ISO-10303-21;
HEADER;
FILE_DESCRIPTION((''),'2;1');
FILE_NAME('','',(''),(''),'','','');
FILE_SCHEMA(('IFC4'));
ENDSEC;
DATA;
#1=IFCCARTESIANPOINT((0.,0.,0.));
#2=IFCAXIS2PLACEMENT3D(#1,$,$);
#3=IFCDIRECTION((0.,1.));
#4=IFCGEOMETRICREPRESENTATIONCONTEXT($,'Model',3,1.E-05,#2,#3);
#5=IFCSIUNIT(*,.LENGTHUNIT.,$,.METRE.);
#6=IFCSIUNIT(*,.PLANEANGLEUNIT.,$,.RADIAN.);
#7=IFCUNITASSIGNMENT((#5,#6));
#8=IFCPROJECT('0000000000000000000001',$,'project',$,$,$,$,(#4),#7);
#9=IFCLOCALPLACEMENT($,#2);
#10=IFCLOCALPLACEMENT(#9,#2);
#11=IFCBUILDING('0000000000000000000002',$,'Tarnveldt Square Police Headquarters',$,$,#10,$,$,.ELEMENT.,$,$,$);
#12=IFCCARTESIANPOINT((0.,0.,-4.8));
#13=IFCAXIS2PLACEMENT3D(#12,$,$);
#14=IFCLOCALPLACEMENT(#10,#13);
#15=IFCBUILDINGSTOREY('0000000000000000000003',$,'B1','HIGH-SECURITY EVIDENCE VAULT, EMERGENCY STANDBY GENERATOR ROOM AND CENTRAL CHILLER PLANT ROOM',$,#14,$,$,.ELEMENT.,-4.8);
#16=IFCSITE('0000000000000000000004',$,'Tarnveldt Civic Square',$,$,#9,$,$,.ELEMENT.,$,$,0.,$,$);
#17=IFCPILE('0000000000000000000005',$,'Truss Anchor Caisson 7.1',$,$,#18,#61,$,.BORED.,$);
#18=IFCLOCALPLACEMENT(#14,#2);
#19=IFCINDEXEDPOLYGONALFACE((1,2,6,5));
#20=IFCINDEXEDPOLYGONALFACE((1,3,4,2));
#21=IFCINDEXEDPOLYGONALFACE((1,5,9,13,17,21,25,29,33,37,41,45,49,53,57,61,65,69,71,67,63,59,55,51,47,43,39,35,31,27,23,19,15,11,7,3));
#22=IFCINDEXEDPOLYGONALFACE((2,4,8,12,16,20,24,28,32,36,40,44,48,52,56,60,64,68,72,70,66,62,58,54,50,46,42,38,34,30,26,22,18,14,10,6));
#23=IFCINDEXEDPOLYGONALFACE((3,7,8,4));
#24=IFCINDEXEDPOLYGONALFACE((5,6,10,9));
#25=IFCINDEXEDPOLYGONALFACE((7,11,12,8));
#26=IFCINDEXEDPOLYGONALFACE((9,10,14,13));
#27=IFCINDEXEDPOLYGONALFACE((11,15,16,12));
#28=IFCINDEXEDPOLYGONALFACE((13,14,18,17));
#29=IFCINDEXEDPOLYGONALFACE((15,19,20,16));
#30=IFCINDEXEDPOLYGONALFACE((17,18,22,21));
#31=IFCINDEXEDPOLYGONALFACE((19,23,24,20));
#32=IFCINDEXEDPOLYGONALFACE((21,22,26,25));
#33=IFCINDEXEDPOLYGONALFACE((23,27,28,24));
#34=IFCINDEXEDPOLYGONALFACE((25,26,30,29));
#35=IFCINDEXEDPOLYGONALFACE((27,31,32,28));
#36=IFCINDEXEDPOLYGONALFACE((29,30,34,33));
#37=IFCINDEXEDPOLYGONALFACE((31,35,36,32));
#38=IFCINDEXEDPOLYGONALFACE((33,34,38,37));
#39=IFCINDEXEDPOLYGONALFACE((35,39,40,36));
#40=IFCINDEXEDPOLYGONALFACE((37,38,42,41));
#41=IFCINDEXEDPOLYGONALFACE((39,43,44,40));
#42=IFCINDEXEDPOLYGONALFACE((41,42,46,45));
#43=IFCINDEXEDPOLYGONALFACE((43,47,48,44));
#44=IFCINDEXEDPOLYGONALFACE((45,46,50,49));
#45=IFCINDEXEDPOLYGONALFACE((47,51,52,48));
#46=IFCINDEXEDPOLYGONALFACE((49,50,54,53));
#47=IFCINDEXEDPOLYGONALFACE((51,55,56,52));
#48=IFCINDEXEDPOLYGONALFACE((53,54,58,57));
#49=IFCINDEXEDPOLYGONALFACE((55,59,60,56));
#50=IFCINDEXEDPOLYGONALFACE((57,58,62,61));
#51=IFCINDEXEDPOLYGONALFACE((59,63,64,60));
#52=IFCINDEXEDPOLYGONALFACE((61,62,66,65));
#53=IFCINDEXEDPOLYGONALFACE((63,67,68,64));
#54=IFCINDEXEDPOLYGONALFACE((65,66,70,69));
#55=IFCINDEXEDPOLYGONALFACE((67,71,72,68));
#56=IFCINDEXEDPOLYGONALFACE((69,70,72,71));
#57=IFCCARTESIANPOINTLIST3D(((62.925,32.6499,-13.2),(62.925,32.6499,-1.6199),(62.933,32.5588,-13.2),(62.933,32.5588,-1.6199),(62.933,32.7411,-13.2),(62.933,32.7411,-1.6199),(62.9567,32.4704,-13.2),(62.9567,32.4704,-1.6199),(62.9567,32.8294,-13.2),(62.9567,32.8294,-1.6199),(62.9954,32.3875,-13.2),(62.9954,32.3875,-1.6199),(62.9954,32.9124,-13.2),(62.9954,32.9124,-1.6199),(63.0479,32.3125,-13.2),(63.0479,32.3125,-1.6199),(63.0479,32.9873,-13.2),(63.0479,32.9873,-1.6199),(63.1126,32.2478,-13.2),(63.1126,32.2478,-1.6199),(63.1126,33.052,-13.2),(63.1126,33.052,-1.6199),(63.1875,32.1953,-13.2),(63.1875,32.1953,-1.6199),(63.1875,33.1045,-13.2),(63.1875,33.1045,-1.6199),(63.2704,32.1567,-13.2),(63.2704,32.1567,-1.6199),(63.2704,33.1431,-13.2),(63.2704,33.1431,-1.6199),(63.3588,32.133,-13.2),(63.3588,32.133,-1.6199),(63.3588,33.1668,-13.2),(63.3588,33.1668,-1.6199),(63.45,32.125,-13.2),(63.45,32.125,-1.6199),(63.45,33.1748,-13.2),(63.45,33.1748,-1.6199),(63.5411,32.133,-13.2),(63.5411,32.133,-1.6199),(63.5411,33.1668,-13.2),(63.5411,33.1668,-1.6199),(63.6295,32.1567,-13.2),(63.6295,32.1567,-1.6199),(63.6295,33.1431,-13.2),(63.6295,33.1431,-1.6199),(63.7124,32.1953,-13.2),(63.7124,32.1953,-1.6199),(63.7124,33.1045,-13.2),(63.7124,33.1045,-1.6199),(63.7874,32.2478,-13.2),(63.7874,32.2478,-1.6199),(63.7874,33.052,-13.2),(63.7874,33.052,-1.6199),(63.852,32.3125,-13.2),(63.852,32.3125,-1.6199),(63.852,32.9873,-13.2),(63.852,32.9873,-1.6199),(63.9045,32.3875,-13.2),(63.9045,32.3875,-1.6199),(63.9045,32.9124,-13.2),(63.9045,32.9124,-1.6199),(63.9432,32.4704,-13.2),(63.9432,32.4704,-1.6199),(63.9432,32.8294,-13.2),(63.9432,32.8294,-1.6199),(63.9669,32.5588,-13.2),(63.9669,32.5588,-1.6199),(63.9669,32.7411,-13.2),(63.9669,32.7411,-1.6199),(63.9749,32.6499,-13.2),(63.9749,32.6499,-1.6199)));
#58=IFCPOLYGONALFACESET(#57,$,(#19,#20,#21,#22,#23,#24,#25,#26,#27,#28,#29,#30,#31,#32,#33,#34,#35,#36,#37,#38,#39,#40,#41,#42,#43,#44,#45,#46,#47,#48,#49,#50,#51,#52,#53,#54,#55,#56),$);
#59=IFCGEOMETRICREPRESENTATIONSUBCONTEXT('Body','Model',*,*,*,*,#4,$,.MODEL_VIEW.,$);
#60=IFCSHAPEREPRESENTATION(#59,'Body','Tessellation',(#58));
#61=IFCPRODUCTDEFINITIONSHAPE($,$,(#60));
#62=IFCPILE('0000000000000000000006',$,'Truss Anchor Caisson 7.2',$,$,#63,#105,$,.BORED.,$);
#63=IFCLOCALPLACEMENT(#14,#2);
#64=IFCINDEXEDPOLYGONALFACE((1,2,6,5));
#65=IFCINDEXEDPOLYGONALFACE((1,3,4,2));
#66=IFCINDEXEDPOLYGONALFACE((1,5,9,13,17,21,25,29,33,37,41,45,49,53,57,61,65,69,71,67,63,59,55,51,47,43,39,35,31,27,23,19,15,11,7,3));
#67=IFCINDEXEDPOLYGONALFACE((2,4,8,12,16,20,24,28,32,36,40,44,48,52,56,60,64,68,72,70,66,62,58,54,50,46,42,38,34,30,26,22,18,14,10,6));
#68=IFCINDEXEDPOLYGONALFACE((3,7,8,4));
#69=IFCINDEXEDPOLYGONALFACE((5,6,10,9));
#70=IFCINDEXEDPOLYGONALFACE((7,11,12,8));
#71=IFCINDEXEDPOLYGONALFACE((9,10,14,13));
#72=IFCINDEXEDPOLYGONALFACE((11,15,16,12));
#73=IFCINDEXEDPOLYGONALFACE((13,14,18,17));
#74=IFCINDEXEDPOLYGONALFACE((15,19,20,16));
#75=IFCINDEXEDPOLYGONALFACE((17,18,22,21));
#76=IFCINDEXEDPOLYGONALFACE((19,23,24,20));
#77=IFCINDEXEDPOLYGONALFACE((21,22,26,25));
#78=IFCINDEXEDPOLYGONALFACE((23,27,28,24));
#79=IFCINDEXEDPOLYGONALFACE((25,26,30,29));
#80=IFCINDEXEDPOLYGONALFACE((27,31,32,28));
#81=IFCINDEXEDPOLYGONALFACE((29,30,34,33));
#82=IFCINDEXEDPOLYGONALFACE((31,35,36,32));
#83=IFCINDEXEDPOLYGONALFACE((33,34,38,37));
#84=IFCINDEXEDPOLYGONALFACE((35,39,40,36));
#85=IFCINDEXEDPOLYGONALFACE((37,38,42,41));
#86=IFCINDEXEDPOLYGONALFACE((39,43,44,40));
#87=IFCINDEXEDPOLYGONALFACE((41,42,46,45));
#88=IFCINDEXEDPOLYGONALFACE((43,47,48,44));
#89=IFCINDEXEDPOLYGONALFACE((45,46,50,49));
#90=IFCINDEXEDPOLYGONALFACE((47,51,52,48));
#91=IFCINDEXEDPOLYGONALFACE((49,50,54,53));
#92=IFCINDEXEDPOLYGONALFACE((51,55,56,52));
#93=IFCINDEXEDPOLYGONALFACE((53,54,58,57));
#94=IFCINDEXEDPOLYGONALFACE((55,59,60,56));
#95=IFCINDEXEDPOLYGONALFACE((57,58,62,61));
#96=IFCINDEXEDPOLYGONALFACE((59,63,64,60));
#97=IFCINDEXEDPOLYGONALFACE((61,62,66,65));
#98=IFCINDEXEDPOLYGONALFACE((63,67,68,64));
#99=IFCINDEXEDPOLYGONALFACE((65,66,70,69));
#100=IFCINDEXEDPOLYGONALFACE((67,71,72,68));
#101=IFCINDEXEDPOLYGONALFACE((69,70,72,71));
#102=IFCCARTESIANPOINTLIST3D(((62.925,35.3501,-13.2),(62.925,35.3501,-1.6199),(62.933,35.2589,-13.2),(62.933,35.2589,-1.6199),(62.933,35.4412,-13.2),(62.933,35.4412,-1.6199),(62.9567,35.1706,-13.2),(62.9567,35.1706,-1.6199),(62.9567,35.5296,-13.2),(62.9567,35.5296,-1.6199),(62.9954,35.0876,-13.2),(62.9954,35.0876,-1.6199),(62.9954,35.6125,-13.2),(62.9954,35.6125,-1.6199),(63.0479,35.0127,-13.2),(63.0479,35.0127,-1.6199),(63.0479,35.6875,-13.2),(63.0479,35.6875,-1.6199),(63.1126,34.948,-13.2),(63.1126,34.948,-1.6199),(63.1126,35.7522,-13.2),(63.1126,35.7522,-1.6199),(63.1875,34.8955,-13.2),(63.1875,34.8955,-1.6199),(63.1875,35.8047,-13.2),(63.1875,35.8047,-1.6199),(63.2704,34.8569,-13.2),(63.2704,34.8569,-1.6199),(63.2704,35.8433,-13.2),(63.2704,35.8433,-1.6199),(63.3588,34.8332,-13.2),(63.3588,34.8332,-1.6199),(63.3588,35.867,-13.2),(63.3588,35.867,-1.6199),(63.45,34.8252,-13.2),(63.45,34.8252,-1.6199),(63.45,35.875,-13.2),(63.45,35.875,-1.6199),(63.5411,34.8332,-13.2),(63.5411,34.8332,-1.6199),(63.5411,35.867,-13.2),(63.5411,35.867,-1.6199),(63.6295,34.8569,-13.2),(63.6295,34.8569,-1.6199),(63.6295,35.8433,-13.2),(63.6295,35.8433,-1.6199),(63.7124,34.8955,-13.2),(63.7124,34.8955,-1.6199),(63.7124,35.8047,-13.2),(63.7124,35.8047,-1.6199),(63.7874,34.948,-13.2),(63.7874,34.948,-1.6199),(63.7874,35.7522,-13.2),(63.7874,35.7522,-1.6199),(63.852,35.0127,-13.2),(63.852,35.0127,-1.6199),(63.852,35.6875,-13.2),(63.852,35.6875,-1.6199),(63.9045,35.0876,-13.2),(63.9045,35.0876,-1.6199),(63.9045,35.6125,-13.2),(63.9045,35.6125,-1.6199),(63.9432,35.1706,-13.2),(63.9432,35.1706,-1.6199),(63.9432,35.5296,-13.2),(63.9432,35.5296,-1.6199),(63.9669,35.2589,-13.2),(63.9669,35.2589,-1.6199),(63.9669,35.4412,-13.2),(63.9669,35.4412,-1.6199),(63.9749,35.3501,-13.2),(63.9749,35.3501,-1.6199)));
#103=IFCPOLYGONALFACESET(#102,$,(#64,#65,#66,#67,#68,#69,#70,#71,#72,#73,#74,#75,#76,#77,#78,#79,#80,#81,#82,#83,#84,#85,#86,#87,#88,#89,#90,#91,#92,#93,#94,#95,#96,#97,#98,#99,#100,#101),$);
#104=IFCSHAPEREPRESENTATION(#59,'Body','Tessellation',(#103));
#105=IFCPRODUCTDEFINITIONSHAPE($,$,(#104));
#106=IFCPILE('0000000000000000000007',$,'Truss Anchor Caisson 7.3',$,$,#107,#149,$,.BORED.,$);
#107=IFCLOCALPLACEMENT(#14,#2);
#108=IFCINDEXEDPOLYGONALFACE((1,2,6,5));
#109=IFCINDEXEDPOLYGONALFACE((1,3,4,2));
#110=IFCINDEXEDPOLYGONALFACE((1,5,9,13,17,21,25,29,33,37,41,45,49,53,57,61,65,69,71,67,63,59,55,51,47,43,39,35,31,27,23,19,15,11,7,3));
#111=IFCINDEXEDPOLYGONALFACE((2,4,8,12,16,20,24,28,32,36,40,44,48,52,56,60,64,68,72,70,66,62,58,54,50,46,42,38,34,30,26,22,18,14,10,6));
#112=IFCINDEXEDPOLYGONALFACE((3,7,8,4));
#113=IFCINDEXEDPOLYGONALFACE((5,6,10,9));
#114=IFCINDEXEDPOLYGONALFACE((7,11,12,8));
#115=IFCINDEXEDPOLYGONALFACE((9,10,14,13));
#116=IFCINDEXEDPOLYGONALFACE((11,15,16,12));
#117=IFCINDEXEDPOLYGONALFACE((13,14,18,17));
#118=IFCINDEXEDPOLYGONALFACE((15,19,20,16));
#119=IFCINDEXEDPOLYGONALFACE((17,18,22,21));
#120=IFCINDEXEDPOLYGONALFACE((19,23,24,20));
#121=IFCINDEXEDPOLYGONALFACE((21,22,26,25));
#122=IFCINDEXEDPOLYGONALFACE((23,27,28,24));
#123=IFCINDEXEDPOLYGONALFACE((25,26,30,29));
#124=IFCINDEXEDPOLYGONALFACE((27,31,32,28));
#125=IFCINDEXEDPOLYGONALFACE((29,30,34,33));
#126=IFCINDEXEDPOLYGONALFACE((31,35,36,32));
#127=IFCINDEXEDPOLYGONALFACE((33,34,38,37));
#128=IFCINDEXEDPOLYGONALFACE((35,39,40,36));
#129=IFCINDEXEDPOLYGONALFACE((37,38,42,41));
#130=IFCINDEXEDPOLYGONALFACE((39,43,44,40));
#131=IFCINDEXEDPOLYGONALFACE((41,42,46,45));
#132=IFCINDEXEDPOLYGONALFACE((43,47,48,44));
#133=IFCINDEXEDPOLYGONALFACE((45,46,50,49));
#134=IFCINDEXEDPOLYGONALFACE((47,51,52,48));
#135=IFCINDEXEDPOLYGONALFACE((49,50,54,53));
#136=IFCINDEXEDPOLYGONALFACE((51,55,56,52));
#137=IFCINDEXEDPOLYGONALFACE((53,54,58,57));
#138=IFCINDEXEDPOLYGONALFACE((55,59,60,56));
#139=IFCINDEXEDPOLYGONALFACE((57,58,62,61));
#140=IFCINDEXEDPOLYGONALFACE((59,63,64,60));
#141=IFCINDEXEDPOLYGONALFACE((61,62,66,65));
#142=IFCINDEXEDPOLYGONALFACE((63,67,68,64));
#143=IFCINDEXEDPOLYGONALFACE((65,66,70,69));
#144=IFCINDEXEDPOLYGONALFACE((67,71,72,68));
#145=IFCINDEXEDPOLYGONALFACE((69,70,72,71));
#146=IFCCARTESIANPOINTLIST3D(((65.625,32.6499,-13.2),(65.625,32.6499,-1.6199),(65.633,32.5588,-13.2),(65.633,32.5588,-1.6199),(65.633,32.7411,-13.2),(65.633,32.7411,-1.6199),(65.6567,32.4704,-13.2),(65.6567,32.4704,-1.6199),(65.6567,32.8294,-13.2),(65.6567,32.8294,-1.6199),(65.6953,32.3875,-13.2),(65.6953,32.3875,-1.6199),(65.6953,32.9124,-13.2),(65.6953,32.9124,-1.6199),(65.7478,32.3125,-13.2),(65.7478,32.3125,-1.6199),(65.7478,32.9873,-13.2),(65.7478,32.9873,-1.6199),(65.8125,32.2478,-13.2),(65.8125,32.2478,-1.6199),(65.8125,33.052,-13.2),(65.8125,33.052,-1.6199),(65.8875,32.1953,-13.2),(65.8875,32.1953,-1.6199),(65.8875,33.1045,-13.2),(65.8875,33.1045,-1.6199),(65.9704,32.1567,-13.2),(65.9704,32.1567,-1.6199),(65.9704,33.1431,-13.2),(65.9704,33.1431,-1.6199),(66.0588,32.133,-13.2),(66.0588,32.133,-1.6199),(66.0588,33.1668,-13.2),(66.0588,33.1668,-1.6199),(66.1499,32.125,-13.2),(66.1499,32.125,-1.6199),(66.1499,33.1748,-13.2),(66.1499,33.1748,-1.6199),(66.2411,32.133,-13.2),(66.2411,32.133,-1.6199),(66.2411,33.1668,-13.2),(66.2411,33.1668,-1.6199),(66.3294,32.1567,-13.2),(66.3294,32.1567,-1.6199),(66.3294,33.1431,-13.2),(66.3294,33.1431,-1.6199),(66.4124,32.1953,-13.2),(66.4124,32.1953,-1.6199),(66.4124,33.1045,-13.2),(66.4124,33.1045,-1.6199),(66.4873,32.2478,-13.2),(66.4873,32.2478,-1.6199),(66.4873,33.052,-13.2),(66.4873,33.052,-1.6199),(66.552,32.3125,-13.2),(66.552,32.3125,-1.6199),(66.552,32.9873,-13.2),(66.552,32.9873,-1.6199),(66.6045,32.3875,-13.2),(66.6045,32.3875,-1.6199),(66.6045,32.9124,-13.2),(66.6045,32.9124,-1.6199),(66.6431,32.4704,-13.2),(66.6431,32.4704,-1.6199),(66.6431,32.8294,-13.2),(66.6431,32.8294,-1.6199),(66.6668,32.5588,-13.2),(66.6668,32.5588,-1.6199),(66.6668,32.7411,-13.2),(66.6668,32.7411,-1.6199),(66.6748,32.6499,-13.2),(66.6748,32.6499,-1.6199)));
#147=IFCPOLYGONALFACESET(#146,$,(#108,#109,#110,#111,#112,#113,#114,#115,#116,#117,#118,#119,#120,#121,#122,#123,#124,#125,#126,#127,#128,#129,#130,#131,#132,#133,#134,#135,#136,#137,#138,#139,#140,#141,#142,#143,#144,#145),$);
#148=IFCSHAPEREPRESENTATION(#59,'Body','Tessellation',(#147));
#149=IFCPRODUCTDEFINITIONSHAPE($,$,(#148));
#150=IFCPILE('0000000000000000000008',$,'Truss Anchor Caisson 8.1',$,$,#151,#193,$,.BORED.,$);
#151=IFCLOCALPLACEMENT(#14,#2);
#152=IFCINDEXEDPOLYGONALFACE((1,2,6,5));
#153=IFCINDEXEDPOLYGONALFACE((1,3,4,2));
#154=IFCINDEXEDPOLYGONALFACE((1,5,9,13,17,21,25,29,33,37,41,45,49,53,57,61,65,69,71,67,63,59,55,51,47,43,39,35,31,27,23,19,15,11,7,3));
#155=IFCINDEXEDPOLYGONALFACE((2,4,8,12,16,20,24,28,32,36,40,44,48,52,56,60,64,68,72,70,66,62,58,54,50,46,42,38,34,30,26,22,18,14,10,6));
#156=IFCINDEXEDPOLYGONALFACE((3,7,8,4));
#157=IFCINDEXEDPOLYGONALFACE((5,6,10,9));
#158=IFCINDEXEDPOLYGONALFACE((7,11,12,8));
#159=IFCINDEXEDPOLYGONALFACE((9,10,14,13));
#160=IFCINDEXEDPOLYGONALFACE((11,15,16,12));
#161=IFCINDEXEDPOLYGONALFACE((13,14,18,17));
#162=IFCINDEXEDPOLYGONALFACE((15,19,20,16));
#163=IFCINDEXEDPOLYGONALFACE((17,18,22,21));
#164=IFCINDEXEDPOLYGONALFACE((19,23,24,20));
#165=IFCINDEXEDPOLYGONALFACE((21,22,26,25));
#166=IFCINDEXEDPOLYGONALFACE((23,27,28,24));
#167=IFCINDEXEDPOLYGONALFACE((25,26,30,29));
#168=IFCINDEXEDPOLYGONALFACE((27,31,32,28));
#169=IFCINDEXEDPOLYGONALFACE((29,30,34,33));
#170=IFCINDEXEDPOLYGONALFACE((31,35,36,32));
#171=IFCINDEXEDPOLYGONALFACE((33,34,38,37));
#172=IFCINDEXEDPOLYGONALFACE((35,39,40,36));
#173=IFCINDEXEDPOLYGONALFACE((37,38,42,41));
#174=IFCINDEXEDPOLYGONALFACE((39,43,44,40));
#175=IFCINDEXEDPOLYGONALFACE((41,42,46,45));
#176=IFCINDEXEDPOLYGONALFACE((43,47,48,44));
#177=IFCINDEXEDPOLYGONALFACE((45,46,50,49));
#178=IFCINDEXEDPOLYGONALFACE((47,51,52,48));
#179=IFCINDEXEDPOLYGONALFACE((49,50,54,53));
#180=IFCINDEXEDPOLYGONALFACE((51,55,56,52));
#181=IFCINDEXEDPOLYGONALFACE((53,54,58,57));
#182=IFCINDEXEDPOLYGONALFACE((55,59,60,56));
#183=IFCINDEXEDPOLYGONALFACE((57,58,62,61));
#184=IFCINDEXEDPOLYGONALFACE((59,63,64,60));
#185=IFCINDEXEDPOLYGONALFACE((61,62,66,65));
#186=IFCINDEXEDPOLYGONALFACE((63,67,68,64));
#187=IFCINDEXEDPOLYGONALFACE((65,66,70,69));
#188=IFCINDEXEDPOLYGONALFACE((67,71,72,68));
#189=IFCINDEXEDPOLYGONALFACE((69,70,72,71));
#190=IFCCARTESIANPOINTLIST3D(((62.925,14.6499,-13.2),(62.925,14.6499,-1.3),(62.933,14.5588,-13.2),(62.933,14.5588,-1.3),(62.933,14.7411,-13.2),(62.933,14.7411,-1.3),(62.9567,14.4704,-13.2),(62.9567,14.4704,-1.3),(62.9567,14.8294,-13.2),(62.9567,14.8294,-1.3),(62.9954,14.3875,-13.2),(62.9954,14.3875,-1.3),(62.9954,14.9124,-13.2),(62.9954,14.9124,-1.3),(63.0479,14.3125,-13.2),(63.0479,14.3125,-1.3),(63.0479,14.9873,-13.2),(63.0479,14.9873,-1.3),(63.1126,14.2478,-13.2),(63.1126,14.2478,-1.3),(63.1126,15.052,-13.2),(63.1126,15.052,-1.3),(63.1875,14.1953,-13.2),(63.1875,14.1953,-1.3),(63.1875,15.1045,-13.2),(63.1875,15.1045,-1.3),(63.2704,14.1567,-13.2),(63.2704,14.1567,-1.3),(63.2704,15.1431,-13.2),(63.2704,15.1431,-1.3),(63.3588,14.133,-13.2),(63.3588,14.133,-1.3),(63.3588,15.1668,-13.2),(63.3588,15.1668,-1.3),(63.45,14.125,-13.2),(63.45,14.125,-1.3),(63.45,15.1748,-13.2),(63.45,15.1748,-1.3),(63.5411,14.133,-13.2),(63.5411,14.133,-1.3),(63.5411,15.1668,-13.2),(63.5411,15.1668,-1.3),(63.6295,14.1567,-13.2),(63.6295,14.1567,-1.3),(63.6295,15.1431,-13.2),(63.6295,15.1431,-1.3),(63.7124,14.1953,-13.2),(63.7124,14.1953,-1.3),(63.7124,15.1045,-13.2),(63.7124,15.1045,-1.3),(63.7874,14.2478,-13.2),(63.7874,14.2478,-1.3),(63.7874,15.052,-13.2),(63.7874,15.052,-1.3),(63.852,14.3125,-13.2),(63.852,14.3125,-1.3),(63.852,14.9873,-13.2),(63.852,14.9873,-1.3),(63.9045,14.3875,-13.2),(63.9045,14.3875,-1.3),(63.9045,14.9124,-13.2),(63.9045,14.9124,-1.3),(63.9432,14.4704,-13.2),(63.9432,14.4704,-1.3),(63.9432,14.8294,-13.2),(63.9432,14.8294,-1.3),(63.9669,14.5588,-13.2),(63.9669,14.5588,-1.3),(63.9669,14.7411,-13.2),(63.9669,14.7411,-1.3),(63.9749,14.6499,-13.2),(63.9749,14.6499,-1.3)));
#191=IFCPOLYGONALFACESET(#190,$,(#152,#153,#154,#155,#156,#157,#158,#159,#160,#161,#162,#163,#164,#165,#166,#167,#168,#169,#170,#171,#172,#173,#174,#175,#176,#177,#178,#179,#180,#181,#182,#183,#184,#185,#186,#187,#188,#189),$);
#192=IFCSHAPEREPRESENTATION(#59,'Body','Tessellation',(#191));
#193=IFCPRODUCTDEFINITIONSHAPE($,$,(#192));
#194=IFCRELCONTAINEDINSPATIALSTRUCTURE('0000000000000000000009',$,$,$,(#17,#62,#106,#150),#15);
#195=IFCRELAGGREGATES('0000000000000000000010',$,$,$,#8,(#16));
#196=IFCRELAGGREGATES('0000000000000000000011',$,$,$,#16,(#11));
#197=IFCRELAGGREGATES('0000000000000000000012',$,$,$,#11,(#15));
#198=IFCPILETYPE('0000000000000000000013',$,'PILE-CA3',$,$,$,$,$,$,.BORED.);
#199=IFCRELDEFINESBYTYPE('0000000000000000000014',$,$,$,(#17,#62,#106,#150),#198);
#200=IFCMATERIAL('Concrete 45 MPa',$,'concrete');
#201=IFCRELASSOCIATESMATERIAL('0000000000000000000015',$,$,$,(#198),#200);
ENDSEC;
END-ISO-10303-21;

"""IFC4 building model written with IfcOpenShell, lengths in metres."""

from ifc_helpers import new_model, si_unit, direction, frame, origin, origin_2d, place, context, subcontext, project, spatial, circle, extrude, material, material_profile, profile_set, type_object, element, save


model = new_model("IFC4")

# Units and contexts
model_context = context("Model", 3, precision=1e-05, world=origin(), true_north=direction((0.0, 1.0)))
body_context = subcontext(model_context, "Body", "Model", "MODEL_VIEW")
ifc_project = project(units=[si_unit("LENGTHUNIT", "METRE"), si_unit("PLANEANGLEUNIT", "RADIAN")], contexts=[model_context])

# Site, building, storey
site_placement = place(None, origin())
site = spatial("IfcSite", under=ifc_project, at=site_placement, Name="Tarnveldt Civic Square", CompositionType="ELEMENT", RefElevation=0.0)
building_placement = place(site_placement, origin())
building = spatial("IfcBuilding", under=site, at=building_placement, Name="Tarnveldt Square Police Headquarters", CompositionType="ELEMENT")
storey_placement = place(building_placement, frame((0.0, 0.0, -4.8)))
storey = spatial("IfcBuildingStorey", under=building, at=storey_placement, Name="B1", Description="HIGH-SECURITY EVIDENCE VAULT, EMERGENCY STANDBY GENERATOR ROOM AND CENTRAL CHILLER PLANT ROOM", CompositionType="ELEMENT", Elevation=-4.8)

# Shared definitions
ifc_material_1 = material(Name="Concrete 45 MPa", Category="concrete")

# Piles
ifc_material_profile_1 = material_profile(ifc_material_1, circle(Radius=0.5249, at=origin_2d()), Name="CAISSON-D1050")
ifc_profile_set_1 = profile_set([ifc_material_profile_1], Name="Concrete 45 MPa")
pile_type_1 = type_object("IfcPileType", Name="PILE-CA3", PredefinedType="BORED", material=ifc_profile_set_1)
for number, where, z_axis, x_axis, name in (
    (1, (63.45, 32.6499, -1.6199), (0.0, 0.0, -1.0), (1.0, 0.0, 0.0), "Truss Anchor Caisson 7.1"),
    (2, (63.45, 35.3501, -1.6199), (0.0, 0.0, -1.0), (1.0, 0.0, 0.0), "Truss Anchor Caisson 7.2"),
    (3, (66.1499, 32.6499, -1.6199), (0.0, 0.0, -1.0), (1.0, 0.0, 0.0), "Truss Anchor Caisson 7.3"),
):
    element("IfcPile", number, at=place(storey_placement, frame(where, z_axis=z_axis, x_axis=x_axis)), inside=storey, type_object=pile_type_1, Name=name, PredefinedType="BORED", context=body_context, shape_type="SweptSolid", body=[
        extrude(circle(Radius=0.5249, at=origin_2d()), origin(), (0.0, 0.0, 1.0), 11.5801),
    ])
for number, where, z_axis, x_axis, name in (
    (4, (63.45, 14.6499, -1.3), (0.0, 0.0, -1.0), (1.0, 0.0, 0.0), "Truss Anchor Caisson 8.1"),
):
    element("IfcPile", number, at=place(storey_placement, frame(where, z_axis=z_axis, x_axis=x_axis)), inside=storey, type_object=pile_type_1, Name=name, PredefinedType="BORED", context=body_context, shape_type="SweptSolid", body=[
        extrude(circle(Radius=0.5249, at=origin_2d()), origin(), (0.0, 0.0, 1.0), 11.8999),
    ])

save(model, "model.ifc")
